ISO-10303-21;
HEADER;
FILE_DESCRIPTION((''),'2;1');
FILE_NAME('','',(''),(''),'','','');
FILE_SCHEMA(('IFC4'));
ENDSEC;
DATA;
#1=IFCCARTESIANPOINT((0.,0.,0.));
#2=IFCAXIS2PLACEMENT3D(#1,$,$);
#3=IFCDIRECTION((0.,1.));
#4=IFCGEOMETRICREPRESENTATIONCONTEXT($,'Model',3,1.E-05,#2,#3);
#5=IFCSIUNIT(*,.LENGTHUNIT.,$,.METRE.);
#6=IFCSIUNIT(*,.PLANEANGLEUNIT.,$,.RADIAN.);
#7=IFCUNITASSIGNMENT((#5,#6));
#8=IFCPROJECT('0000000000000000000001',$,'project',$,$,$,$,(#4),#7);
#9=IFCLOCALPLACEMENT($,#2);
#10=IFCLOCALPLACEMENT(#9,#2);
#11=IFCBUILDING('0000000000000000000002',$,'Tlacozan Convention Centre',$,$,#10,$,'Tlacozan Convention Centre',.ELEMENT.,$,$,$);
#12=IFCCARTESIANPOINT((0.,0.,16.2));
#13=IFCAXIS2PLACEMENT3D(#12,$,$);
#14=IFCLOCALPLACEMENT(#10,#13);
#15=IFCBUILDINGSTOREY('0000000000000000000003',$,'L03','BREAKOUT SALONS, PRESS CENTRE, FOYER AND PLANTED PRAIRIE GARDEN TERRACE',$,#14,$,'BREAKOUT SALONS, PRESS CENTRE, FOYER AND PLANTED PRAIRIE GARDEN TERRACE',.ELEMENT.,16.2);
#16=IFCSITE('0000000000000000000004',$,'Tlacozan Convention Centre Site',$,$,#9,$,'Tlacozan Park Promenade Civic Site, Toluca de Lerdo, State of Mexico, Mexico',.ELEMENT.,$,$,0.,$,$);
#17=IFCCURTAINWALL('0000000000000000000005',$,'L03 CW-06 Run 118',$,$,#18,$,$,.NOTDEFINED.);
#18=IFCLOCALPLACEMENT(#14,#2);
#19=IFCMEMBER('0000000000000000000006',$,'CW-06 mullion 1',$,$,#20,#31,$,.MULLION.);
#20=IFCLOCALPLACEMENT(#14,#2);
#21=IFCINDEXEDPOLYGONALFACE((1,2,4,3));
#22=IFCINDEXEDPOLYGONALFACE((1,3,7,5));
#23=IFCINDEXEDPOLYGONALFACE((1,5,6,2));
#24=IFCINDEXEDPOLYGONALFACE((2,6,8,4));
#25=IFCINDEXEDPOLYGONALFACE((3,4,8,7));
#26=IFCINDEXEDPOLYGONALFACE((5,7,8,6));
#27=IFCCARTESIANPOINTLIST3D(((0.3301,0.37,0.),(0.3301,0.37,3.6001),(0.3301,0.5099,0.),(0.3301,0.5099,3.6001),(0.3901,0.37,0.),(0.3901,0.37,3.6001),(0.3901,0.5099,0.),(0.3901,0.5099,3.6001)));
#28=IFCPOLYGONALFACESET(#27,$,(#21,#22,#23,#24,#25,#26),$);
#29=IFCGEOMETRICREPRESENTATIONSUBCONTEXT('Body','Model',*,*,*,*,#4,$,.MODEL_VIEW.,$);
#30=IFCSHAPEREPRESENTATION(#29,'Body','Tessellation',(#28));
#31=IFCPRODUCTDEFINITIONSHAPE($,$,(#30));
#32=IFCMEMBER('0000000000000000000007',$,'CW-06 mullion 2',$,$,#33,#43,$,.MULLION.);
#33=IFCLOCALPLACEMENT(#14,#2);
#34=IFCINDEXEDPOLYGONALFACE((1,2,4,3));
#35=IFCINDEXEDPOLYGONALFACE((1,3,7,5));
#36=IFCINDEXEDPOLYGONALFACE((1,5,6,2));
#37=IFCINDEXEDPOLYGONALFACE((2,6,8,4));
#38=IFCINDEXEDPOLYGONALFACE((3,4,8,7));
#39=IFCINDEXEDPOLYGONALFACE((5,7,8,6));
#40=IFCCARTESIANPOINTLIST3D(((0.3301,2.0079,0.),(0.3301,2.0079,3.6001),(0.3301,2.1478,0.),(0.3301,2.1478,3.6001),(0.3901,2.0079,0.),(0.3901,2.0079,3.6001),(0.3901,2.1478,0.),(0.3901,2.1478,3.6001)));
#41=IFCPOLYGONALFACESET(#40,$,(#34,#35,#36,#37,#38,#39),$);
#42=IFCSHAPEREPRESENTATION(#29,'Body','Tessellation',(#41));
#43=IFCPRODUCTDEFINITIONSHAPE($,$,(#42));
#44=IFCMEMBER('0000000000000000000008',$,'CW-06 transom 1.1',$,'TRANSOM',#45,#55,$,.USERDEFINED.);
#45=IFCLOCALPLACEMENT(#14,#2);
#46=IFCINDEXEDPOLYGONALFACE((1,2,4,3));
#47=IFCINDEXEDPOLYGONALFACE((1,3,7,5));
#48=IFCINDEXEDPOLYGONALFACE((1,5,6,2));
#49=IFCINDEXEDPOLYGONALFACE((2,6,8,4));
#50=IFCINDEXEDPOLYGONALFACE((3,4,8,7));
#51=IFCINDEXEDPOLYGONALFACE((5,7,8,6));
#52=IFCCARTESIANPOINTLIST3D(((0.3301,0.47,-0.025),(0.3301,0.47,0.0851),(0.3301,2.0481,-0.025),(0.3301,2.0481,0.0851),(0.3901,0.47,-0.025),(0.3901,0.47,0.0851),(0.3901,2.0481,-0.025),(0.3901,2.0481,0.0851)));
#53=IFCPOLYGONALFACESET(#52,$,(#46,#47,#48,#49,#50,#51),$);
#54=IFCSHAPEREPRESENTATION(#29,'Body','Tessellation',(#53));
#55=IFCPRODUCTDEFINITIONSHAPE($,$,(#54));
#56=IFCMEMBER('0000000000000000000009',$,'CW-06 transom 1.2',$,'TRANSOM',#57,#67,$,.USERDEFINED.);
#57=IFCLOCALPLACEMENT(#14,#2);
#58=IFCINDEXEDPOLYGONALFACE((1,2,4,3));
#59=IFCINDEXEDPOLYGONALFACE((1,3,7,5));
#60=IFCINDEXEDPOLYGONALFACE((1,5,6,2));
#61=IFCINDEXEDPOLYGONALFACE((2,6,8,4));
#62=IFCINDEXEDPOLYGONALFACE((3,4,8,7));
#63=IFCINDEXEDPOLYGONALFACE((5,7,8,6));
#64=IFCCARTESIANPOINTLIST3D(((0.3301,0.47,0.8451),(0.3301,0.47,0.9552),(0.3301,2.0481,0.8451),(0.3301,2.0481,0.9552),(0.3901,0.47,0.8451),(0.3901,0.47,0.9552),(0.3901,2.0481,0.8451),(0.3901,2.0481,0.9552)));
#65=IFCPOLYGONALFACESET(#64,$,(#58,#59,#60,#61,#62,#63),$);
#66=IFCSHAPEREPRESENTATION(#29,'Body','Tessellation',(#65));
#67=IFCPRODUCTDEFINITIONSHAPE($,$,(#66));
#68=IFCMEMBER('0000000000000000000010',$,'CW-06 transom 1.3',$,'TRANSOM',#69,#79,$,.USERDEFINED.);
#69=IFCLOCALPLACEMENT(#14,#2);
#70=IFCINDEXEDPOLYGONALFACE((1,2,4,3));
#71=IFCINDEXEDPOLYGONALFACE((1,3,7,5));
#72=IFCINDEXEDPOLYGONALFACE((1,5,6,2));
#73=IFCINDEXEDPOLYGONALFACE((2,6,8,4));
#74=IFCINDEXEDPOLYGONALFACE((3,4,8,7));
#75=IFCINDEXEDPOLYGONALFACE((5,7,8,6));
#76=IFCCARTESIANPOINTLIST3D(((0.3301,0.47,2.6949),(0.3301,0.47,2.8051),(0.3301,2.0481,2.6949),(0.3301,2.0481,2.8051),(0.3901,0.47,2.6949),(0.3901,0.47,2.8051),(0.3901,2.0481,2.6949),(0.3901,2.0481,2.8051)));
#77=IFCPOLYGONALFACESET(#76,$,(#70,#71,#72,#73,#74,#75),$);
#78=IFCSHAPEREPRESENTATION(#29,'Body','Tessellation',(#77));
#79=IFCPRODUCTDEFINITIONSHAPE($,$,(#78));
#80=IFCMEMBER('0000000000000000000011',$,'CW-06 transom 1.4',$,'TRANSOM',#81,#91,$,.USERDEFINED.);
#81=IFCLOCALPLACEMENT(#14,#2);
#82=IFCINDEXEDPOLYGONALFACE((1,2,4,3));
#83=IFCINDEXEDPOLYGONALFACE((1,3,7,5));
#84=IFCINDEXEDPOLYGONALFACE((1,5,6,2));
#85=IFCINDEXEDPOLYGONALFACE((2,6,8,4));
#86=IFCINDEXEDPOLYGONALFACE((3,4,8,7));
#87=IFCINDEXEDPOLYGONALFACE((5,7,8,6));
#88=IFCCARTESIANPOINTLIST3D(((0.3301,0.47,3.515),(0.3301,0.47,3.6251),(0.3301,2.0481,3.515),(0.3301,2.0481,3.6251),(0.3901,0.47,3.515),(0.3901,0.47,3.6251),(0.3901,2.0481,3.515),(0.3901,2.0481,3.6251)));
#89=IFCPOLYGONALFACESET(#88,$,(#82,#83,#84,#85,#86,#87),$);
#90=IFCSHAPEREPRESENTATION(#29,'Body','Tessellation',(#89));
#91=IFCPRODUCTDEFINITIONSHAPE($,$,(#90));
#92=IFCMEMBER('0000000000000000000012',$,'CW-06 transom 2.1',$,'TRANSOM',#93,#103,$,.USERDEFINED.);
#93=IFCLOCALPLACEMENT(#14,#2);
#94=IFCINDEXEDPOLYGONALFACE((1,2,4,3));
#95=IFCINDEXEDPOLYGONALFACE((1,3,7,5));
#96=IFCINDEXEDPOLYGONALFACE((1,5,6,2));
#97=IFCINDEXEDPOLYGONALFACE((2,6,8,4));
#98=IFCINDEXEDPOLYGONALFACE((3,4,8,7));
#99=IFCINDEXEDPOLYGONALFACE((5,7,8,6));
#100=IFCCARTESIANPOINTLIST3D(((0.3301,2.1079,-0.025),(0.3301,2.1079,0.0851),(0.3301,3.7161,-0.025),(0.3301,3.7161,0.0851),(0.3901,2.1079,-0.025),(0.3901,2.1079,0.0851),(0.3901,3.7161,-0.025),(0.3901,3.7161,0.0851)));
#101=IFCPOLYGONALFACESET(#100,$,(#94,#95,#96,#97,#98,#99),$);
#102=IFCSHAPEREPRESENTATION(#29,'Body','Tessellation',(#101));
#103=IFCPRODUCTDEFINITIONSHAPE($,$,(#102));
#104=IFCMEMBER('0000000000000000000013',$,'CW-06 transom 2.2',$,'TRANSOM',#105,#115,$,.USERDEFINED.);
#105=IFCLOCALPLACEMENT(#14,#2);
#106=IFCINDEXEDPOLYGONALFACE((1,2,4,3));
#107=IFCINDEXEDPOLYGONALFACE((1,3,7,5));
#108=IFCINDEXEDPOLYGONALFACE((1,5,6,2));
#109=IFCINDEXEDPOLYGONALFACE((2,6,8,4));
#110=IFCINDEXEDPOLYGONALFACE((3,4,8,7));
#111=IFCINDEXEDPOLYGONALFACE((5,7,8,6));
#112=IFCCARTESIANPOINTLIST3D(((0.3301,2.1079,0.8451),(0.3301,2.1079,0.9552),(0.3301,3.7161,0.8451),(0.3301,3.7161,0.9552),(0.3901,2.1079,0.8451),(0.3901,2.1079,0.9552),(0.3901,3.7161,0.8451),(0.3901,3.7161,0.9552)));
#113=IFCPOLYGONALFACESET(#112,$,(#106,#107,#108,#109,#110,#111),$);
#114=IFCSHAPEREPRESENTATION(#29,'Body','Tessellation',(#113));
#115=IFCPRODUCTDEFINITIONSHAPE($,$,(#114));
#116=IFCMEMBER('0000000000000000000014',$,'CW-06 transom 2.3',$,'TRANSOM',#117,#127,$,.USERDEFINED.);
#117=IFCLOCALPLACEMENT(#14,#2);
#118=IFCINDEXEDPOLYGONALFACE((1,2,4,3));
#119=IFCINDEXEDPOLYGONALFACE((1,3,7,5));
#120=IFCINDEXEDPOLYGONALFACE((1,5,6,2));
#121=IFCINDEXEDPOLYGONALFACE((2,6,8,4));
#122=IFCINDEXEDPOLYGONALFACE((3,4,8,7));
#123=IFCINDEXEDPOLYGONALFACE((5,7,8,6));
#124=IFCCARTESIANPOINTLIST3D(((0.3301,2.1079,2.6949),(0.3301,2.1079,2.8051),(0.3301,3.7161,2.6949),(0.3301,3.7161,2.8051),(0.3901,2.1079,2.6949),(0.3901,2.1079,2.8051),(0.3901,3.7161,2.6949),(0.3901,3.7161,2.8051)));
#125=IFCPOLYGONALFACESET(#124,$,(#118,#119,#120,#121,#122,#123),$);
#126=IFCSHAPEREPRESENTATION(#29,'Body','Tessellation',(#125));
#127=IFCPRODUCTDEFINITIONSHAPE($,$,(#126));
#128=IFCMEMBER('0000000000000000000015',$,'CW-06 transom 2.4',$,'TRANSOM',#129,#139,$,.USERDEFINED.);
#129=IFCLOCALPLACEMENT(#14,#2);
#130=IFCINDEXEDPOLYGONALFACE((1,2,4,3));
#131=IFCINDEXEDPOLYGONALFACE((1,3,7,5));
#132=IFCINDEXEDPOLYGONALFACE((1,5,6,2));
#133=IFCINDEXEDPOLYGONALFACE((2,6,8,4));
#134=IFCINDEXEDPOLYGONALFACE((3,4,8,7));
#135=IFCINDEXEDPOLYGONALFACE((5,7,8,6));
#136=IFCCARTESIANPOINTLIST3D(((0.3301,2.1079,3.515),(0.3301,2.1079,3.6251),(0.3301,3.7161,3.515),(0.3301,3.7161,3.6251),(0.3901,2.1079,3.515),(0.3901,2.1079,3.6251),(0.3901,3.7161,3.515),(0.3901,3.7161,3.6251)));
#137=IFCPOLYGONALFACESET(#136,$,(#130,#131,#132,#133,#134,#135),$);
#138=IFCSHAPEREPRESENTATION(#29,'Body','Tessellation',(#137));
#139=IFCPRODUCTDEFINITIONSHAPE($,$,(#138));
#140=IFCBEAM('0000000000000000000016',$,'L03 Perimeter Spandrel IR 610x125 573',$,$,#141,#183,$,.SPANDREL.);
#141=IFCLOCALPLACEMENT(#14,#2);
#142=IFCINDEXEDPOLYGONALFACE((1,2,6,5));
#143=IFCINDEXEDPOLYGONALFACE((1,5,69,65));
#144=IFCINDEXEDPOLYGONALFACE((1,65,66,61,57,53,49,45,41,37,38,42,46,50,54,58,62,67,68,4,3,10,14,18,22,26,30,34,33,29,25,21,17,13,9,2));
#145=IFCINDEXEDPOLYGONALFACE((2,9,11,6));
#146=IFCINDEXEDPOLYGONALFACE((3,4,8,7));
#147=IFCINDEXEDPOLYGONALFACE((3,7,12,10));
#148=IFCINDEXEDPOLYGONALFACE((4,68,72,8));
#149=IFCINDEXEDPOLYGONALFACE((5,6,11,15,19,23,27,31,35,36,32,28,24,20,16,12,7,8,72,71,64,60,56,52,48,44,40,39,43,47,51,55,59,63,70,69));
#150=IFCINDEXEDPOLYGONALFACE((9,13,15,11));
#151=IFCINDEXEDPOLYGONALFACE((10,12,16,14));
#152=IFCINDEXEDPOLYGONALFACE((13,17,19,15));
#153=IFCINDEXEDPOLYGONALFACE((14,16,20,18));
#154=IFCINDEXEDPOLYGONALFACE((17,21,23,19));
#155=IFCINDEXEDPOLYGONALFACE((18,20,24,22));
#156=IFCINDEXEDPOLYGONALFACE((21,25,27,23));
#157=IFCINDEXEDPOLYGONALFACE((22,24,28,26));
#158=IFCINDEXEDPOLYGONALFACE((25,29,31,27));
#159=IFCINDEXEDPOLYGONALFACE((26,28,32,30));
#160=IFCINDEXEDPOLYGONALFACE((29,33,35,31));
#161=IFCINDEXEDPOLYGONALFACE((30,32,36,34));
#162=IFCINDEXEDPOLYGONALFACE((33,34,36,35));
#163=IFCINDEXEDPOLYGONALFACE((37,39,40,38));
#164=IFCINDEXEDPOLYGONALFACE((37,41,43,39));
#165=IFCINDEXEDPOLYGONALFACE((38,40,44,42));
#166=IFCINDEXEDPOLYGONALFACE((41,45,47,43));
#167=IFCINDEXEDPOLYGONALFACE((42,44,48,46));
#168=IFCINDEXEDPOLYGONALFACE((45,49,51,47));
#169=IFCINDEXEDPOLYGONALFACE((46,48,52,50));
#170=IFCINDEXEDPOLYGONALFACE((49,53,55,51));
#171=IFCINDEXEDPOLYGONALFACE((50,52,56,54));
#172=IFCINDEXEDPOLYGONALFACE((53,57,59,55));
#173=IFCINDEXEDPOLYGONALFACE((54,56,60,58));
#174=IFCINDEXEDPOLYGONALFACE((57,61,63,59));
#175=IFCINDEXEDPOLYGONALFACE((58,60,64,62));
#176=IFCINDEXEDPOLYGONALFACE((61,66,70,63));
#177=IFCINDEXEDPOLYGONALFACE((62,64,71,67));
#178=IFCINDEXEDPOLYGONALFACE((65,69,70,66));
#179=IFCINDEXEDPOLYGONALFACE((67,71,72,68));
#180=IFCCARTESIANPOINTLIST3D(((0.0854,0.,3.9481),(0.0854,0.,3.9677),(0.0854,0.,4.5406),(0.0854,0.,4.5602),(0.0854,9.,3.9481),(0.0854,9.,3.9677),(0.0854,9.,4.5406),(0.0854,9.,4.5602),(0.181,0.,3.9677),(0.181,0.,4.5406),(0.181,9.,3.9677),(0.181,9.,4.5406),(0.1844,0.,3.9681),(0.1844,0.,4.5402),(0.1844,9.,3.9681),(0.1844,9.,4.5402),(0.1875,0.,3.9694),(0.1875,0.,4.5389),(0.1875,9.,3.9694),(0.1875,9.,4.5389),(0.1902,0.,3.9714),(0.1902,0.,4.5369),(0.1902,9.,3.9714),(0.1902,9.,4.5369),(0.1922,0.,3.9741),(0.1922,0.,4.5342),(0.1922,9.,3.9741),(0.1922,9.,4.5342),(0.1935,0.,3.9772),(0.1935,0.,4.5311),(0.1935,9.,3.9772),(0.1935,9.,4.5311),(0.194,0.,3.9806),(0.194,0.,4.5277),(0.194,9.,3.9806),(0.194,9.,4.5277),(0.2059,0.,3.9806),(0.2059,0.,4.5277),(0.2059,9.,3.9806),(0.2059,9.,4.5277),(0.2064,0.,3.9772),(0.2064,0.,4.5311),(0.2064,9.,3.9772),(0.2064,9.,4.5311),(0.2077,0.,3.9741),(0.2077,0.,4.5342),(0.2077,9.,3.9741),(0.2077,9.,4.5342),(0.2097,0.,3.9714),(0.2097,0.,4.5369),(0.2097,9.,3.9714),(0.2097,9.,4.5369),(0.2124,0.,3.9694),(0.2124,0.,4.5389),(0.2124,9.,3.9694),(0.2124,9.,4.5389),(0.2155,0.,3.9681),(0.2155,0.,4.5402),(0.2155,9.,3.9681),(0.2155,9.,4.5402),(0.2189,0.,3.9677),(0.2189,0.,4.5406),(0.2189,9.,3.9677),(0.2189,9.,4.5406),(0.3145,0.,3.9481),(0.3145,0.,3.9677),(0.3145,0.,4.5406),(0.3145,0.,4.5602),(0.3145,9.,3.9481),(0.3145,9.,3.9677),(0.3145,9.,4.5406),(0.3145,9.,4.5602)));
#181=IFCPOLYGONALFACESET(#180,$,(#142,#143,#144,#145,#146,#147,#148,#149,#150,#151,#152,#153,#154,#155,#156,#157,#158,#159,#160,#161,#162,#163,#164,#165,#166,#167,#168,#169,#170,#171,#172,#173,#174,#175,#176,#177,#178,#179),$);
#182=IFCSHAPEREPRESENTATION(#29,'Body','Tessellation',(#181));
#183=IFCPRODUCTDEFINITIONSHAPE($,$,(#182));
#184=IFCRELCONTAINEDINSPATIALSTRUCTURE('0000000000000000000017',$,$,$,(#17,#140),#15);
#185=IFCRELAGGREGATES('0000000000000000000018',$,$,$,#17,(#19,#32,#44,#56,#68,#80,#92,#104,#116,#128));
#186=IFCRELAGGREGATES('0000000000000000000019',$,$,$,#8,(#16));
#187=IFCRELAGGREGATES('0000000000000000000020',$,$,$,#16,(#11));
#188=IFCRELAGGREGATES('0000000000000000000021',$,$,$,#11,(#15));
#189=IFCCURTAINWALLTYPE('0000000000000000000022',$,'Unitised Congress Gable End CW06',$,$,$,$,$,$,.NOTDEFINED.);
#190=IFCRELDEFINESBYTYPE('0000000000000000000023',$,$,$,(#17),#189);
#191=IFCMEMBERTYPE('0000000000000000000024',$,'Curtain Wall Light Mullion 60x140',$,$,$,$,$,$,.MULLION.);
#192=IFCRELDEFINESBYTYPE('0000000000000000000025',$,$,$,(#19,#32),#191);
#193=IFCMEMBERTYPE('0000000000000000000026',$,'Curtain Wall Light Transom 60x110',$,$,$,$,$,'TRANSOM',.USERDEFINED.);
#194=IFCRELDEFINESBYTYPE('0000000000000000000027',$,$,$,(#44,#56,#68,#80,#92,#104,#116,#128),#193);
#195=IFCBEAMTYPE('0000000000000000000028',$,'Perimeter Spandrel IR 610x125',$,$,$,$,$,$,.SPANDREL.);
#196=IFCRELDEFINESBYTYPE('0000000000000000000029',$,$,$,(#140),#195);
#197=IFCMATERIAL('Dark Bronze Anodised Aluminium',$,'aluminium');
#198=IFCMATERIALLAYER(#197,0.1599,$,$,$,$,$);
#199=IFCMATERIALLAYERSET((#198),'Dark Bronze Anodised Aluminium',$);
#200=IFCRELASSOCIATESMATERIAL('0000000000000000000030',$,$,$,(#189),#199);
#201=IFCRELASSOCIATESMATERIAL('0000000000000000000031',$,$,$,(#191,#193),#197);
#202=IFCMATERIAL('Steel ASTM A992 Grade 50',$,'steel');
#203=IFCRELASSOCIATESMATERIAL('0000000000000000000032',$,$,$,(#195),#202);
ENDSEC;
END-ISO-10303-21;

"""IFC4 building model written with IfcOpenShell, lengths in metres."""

from ifc_helpers import new_model, si_unit, direction, frame, origin, origin_2d, place, context, subcontext, project, spatial, rectangle, i_section, extrude, material, layer, layer_set, material_profile, profile_set, type_object, element, aggregate, save


model = new_model("IFC4")

# Units and contexts
model_context = context("Model", 3, precision=1e-05, world=origin(), true_north=direction((0.0, 1.0)))
body_context = subcontext(model_context, "Body", "Model", "MODEL_VIEW")
ifc_project = project(units=[si_unit("LENGTHUNIT", "METRE"), si_unit("PLANEANGLEUNIT", "RADIAN")], contexts=[model_context])

# Site, building, storey
site_placement = place(None, origin())
site = spatial("IfcSite", under=ifc_project, at=site_placement, Name="Tlacozan Convention Centre Site", LongName="Tlacozan Park Promenade Civic Site, Toluca de Lerdo, State of Mexico, Mexico", CompositionType="ELEMENT", RefElevation=0.0)
building_placement = place(site_placement, origin())
building = spatial("IfcBuilding", under=site, at=building_placement, Name="Tlacozan Convention Centre", LongName="Tlacozan Convention Centre", CompositionType="ELEMENT")
storey_placement = place(building_placement, frame((0.0, 0.0, 16.2)))
storey = spatial("IfcBuildingStorey", under=building, at=storey_placement, Name="L03", Description="BREAKOUT SALONS, PRESS CENTRE, FOYER AND PLANTED PRAIRIE GARDEN TERRACE", LongName="BREAKOUT SALONS, PRESS CENTRE, FOYER AND PLANTED PRAIRIE GARDEN TERRACE", CompositionType="ELEMENT", Elevation=16.2)

# Curtain wall, members
ifc_material_1 = material(Name="Dark Bronze Anodised Aluminium", Category="aluminium")
ifc_layer_1 = layer(ifc_material_1, 0.1599)
ifc_layer_set_1 = layer_set([ifc_layer_1], Name="Dark Bronze Anodised Aluminium")
curtain_wall_type = type_object("IfcCurtainWallType", Name="Unitised Congress Gable End CW06", PredefinedType="NOTDEFINED", material=ifc_layer_set_1)
curtain_wall_placement = place(storey_placement, origin())
curtain_wall = element("IfcCurtainWall", 1, at=curtain_wall_placement, inside=storey, type_object=curtain_wall_type, Name="L03 CW-06 Run 118", PredefinedType="NOTDEFINED")
ifc_material_profile_1 = material_profile(ifc_material_1, rectangle(XDim=0.0601, YDim=0.1399, at=origin_2d()), Name="ALU 60x140")
ifc_profile_set_1 = profile_set([ifc_material_profile_1], Name="Dark Bronze Anodised Aluminium")
member_type_1 = type_object("IfcMemberType", Name="Curtain Wall Light Mullion 60x140", PredefinedType="MULLION", material=ifc_profile_set_1)
member_1_placement = place(storey_placement, frame((0.3601, 0.4399, 0.0), z_axis=(0.0, 0.0, 1.0), x_axis=(-1.0, 0.0, 0.0)))
member_1 = element("IfcMember", 2, at=member_1_placement, type_object=member_type_1, Name="CW-06 mullion 1", PredefinedType="MULLION", context=body_context, shape_type="SweptSolid", body=[
    extrude(rectangle(XDim=0.0601, YDim=0.1399, at=origin_2d()), origin(), (0.0, 0.0, 1.0), 3.6001),
])
member_2_placement = place(storey_placement, frame((0.3601, 2.0779, 0.0), z_axis=(0.0, 0.0, 1.0), x_axis=(-1.0, 0.0, 0.0)))
member_2 = element("IfcMember", 3, at=member_2_placement, type_object=member_type_1, Name="CW-06 mullion 2", PredefinedType="MULLION", context=body_context, shape_type="SweptSolid", body=[
    extrude(rectangle(XDim=0.0601, YDim=0.1399, at=origin_2d()), origin(), (0.0, 0.0, 1.0), 3.6001),
])
ifc_material_profile_2 = material_profile(ifc_material_1, rectangle(XDim=0.0601, YDim=0.1101, at=origin_2d()), Name="ALU 60x110")
ifc_profile_set_2 = profile_set([ifc_material_profile_2], Name="Dark Bronze Anodised Aluminium")
member_type_2 = type_object("IfcMemberType", Name="Curtain Wall Light Transom 60x110", ElementType="TRANSOM", PredefinedType="USERDEFINED", material=ifc_profile_set_2)
member_3_placement = place(storey_placement, frame((0.3601, 0.47, 0.03), z_axis=(0.0, 1.0, 0.0), x_axis=(-1.0, 0.0, 0.0)))
member_3 = element("IfcMember", 4, at=member_3_placement, type_object=member_type_2, Name="CW-06 transom 1.1", ObjectType="TRANSOM", PredefinedType="USERDEFINED", context=body_context, shape_type="SweptSolid", body=[
    extrude(rectangle(XDim=0.0601, YDim=0.1101, at=origin_2d()), origin(), (0.0, 0.0, 1.0), 1.5781),
])
member_4_placement = place(storey_placement, frame((0.3601, 0.47, 0.9001), z_axis=(0.0, 1.0, 0.0), x_axis=(-1.0, 0.0, 0.0)))
member_4 = element("IfcMember", 5, at=member_4_placement, type_object=member_type_2, Name="CW-06 transom 1.2", ObjectType="TRANSOM", PredefinedType="USERDEFINED", context=body_context, shape_type="SweptSolid", body=[
    extrude(rectangle(XDim=0.0601, YDim=0.1101, at=origin_2d()), origin(), (0.0, 0.0, 1.0), 1.5781),
])
member_5_placement = place(storey_placement, frame((0.3601, 0.47, 2.75), z_axis=(0.0, 1.0, 0.0), x_axis=(-1.0, 0.0, 0.0)))
member_5 = element("IfcMember", 6, at=member_5_placement, type_object=member_type_2, Name="CW-06 transom 1.3", ObjectType="TRANSOM", PredefinedType="USERDEFINED", context=body_context, shape_type="SweptSolid", body=[
    extrude(rectangle(XDim=0.0601, YDim=0.1101, at=origin_2d()), origin(), (0.0, 0.0, 1.0), 1.5781),
])
member_6_placement = place(storey_placement, frame((0.3601, 0.47, 3.5701), z_axis=(0.0, 1.0, 0.0), x_axis=(-1.0, 0.0, 0.0)))
member_6 = element("IfcMember", 7, at=member_6_placement, type_object=member_type_2, Name="CW-06 transom 1.4", ObjectType="TRANSOM", PredefinedType="USERDEFINED", context=body_context, shape_type="SweptSolid", body=[
    extrude(rectangle(XDim=0.0601, YDim=0.1101, at=origin_2d()), origin(), (0.0, 0.0, 1.0), 1.5781),
])
member_7_placement = place(storey_placement, frame((0.3601, 2.1079, 0.03), z_axis=(0.0, 1.0, 0.0), x_axis=(-1.0, 0.0, 0.0)))
member_7 = element("IfcMember", 8, at=member_7_placement, type_object=member_type_2, Name="CW-06 transom 2.1", ObjectType="TRANSOM", PredefinedType="USERDEFINED", context=body_context, shape_type="SweptSolid", body=[
    extrude(rectangle(XDim=0.0601, YDim=0.1101, at=origin_2d()), origin(), (0.0, 0.0, 1.0), 1.6082),
])
member_8_placement = place(storey_placement, frame((0.3601, 2.1079, 0.9001), z_axis=(0.0, 1.0, 0.0), x_axis=(-1.0, 0.0, 0.0)))
member_8 = element("IfcMember", 9, at=member_8_placement, type_object=member_type_2, Name="CW-06 transom 2.2", ObjectType="TRANSOM", PredefinedType="USERDEFINED", context=body_context, shape_type="SweptSolid", body=[
    extrude(rectangle(XDim=0.0601, YDim=0.1101, at=origin_2d()), origin(), (0.0, 0.0, 1.0), 1.6082),
])
member_9_placement = place(storey_placement, frame((0.3601, 2.1079, 2.75), z_axis=(0.0, 1.0, 0.0), x_axis=(-1.0, 0.0, 0.0)))
member_9 = element("IfcMember", 10, at=member_9_placement, type_object=member_type_2, Name="CW-06 transom 2.3", ObjectType="TRANSOM", PredefinedType="USERDEFINED", context=body_context, shape_type="SweptSolid", body=[
    extrude(rectangle(XDim=0.0601, YDim=0.1101, at=origin_2d()), origin(), (0.0, 0.0, 1.0), 1.6082),
])
member_10_placement = place(storey_placement, frame((0.3601, 2.1079, 3.5701), z_axis=(0.0, 1.0, 0.0), x_axis=(-1.0, 0.0, 0.0)))
member_10 = element("IfcMember", 11, at=member_10_placement, type_object=member_type_2, Name="CW-06 transom 2.4", ObjectType="TRANSOM", PredefinedType="USERDEFINED", context=body_context, shape_type="SweptSolid", body=[
    extrude(rectangle(XDim=0.0601, YDim=0.1101, at=origin_2d()), origin(), (0.0, 0.0, 1.0), 1.6082),
])

# Beam
ifc_material_2 = material(Name="Steel ASTM A992 Grade 50", Category="steel")
ifc_material_profile_3 = material_profile(ifc_material_2, i_section(OverallWidth=0.229, OverallDepth=0.6121, WebThickness=0.012, FlangeThickness=0.0195, FilletRadius=0.0129, at=origin_2d()), Name="IR 610x125.0")
ifc_profile_set_3 = profile_set([ifc_material_profile_3], Name="Steel ASTM A992 Grade 50")
beam_type = type_object("IfcBeamType", Name="Perimeter Spandrel IR 610x125", PredefinedType="SPANDREL", material=ifc_profile_set_3)
beam_placement = place(storey_placement, frame((0.2, 0.0, 4.2542), z_axis=(0.0, 1.0, 0.0), x_axis=(-1.0, 0.0, 0.0)))
element("IfcBeam", 12, at=beam_placement, inside=storey, type_object=beam_type, Name="L03 Perimeter Spandrel IR 610x125 573", PredefinedType="SPANDREL", context=body_context, shape_type="SweptSolid", body=[
    extrude(i_section(OverallWidth=0.229, OverallDepth=0.6121, WebThickness=0.012, FlangeThickness=0.0195, FilletRadius=0.0129, at=origin_2d()), origin(), (0.0, 0.0, 1.0), 9.0),
])

aggregate(curtain_wall, [member_1, member_2, member_3, member_4, member_5, member_6, member_7, member_8, member_9, member_10])

save(model, "model.ifc")
